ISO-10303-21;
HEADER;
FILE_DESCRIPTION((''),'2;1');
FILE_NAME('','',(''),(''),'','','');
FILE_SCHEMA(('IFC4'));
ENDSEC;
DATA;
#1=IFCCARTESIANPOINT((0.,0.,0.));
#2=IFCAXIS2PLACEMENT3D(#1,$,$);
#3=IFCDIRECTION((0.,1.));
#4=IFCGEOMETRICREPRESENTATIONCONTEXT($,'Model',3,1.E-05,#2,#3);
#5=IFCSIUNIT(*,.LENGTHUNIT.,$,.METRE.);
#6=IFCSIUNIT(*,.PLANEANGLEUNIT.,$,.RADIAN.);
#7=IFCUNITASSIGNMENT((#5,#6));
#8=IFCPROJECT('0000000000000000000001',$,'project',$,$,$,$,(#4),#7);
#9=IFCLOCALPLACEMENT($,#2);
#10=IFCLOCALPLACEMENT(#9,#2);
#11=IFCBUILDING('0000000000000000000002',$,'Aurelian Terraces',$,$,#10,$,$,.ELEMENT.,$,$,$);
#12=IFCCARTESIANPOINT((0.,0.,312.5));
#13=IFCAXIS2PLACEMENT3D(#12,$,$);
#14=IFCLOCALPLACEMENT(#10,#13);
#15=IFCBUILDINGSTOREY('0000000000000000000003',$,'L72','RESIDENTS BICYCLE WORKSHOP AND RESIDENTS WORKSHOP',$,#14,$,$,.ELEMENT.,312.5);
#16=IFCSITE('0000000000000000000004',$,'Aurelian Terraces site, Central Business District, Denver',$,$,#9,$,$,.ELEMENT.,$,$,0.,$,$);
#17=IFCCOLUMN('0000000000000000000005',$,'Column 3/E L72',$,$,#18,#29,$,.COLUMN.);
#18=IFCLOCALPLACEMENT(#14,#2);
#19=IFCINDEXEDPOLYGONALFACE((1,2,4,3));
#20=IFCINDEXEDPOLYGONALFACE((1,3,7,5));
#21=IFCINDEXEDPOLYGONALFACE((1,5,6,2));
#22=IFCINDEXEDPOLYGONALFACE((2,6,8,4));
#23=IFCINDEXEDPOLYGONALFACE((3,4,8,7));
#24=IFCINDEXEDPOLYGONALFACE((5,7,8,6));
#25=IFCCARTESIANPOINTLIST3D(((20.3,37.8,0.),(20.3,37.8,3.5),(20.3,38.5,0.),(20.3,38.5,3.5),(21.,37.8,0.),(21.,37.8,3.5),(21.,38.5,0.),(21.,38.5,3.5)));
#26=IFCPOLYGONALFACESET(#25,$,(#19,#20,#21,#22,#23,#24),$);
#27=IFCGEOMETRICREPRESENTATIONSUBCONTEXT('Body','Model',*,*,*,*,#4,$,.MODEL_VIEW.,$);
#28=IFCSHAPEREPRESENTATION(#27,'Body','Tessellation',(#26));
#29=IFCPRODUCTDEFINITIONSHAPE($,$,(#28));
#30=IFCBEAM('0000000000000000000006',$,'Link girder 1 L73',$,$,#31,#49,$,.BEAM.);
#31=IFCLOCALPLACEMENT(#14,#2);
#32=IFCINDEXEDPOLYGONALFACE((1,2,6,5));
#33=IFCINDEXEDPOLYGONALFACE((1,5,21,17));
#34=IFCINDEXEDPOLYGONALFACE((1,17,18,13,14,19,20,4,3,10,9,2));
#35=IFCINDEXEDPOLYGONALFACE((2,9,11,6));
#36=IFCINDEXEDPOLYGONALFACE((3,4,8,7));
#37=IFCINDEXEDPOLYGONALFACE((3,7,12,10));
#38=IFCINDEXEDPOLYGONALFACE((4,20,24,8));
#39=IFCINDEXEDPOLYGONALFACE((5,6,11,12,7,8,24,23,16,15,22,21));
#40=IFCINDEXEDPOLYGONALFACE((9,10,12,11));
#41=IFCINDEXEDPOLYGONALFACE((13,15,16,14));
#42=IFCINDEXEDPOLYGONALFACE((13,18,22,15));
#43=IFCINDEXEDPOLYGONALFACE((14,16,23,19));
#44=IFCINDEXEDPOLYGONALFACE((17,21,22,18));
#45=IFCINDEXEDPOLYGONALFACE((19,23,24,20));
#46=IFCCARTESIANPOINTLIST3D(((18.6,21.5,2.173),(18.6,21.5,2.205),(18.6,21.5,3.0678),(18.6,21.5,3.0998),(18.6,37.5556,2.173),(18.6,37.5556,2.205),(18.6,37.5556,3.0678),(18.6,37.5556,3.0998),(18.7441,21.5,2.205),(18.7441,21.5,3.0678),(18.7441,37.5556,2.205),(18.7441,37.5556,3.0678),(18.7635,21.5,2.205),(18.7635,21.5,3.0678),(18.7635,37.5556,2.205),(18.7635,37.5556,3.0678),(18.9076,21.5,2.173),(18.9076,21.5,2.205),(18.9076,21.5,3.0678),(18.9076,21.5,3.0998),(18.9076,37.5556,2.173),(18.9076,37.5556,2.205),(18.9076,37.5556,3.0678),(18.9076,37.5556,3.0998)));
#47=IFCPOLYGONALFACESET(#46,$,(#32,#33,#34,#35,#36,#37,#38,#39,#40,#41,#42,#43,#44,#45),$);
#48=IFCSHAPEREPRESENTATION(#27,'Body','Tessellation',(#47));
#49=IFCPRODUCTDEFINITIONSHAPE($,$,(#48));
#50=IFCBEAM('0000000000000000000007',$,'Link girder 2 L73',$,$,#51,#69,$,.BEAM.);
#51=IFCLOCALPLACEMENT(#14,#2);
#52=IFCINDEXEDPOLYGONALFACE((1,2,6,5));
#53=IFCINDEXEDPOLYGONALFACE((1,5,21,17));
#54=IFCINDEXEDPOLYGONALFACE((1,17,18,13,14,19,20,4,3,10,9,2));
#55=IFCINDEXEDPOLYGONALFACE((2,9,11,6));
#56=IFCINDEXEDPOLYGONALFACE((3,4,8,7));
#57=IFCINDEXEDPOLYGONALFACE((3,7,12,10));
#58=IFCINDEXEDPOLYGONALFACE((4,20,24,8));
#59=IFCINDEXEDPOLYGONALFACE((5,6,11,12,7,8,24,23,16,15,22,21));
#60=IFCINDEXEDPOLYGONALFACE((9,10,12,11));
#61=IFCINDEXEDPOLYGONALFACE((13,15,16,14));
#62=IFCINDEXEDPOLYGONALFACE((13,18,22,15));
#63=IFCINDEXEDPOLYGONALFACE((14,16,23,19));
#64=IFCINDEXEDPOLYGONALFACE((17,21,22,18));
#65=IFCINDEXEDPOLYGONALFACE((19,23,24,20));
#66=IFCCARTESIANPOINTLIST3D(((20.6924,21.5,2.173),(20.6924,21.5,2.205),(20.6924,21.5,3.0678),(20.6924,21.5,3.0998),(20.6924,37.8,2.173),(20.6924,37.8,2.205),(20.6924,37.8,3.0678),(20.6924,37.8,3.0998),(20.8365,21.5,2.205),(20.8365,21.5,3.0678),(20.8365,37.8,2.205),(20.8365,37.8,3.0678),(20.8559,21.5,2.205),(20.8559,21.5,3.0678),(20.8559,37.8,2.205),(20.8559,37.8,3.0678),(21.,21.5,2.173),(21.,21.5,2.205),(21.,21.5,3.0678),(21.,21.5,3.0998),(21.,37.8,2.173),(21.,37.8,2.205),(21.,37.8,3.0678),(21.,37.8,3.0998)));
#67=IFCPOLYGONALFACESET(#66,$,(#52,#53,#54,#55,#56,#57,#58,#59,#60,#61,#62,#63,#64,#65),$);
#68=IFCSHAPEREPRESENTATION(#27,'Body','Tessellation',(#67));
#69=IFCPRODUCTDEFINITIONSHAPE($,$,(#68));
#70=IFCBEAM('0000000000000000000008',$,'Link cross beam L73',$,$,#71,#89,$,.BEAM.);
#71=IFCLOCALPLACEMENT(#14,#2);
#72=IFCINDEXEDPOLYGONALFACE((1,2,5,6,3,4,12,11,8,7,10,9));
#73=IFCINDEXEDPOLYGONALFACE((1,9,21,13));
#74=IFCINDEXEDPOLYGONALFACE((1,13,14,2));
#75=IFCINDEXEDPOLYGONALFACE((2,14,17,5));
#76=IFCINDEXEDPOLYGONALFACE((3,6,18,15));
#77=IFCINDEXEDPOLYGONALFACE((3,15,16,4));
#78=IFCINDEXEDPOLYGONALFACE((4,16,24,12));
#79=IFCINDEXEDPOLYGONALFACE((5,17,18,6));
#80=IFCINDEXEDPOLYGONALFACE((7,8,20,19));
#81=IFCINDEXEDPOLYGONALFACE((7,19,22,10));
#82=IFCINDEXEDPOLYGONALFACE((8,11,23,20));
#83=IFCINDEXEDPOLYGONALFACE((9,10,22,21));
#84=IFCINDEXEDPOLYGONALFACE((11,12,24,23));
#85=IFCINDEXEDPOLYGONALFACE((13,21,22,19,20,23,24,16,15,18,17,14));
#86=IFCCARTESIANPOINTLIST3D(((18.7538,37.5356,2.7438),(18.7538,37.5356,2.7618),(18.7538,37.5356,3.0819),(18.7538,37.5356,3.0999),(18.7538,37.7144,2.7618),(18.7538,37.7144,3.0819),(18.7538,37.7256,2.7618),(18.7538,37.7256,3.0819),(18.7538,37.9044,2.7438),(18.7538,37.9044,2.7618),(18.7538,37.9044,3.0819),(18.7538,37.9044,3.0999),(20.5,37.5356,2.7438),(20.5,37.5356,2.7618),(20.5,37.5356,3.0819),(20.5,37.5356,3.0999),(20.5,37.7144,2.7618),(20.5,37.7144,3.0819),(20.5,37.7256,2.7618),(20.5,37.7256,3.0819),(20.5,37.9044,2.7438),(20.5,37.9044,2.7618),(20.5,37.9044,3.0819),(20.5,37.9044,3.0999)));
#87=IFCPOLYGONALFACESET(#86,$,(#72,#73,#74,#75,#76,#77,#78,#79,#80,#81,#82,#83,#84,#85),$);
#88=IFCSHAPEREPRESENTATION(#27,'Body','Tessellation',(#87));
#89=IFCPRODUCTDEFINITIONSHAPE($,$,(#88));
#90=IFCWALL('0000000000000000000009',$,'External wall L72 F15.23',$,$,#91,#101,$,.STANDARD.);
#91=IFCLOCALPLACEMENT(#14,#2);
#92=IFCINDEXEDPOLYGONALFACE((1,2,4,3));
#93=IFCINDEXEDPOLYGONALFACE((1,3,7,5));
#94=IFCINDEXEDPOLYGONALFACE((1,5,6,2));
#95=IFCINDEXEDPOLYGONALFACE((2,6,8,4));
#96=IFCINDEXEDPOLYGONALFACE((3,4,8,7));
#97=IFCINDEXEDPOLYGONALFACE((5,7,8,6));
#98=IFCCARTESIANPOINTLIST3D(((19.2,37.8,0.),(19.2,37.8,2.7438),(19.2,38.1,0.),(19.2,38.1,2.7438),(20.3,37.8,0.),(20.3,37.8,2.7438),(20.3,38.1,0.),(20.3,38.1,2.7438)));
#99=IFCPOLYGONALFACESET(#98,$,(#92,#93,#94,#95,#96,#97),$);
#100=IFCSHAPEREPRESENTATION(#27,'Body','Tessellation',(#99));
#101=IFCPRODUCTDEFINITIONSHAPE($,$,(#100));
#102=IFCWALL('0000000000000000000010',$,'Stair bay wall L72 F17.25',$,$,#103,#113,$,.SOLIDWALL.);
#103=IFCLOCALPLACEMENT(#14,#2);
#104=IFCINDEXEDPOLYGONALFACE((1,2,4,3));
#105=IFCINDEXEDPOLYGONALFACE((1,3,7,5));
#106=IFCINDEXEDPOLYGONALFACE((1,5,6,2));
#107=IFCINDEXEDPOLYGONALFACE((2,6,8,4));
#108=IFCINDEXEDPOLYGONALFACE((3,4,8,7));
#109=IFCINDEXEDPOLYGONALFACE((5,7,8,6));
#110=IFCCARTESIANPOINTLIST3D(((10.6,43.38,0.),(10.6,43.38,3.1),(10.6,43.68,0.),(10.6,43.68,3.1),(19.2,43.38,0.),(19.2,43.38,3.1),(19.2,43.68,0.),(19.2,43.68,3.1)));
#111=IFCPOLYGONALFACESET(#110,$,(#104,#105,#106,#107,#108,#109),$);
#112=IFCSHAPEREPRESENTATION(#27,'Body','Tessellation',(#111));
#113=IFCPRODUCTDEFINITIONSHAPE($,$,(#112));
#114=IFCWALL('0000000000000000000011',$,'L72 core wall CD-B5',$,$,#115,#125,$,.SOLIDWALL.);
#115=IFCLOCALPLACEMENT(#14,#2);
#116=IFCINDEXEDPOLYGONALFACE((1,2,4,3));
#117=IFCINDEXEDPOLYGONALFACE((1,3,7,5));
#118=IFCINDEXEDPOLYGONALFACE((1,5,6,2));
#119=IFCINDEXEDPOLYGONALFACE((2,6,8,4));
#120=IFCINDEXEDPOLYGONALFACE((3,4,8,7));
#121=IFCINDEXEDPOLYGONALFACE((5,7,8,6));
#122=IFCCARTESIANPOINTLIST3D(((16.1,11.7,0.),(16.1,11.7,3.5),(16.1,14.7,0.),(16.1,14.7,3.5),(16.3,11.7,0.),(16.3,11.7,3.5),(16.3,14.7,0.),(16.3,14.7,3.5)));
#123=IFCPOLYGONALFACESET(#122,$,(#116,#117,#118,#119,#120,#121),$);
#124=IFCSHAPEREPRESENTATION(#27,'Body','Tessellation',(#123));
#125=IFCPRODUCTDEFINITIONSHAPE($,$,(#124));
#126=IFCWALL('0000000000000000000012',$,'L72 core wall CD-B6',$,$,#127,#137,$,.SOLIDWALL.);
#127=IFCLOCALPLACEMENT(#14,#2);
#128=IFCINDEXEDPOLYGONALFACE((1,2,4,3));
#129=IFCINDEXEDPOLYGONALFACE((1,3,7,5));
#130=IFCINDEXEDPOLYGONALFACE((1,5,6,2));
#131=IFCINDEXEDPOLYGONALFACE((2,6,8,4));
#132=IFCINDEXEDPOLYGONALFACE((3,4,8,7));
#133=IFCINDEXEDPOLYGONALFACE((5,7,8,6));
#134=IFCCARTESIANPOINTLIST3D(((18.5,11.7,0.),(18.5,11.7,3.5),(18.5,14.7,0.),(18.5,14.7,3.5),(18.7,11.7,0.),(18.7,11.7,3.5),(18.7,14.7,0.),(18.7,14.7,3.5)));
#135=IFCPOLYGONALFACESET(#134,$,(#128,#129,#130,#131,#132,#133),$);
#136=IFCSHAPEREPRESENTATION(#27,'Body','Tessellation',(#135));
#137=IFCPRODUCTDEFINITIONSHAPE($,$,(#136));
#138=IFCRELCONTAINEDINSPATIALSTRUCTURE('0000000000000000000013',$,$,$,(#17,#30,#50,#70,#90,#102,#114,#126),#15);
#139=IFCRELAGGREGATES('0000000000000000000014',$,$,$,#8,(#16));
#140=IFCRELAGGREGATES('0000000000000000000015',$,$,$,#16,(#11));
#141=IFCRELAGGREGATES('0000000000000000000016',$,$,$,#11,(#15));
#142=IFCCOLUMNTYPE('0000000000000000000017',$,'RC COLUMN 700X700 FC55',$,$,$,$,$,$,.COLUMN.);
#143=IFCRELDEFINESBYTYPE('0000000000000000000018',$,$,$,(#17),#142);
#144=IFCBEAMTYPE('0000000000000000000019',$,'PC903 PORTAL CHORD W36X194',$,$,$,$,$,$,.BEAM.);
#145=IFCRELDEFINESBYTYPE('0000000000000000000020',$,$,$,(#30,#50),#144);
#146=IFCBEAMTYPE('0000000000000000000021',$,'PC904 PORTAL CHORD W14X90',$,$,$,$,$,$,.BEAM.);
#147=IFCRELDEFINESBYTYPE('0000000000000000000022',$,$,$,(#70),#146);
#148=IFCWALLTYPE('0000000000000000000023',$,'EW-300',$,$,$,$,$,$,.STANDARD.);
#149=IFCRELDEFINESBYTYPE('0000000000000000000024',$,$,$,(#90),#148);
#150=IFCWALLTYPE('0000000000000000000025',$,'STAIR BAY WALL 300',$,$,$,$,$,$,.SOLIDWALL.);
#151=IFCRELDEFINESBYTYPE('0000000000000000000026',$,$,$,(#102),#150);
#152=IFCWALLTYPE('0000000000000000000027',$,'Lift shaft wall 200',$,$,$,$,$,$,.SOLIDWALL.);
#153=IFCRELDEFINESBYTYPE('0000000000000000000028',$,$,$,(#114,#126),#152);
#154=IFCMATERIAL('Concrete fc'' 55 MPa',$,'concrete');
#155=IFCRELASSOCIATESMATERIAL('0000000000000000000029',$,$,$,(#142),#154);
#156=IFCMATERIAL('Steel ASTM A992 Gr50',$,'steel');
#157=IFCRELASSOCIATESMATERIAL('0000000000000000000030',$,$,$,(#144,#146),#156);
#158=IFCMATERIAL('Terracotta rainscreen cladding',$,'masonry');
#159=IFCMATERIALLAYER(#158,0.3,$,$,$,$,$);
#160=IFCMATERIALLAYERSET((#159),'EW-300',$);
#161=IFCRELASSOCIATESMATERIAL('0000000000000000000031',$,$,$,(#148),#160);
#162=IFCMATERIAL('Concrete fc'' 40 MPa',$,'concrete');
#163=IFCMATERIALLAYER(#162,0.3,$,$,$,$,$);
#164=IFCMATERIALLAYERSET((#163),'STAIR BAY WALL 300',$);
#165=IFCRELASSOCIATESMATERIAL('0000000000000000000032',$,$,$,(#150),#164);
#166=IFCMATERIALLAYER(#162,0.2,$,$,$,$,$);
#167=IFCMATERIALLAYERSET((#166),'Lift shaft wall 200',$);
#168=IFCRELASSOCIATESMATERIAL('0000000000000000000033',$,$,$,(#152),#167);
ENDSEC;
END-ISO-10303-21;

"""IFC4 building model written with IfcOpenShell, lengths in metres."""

from ifc_helpers import new_model, si_unit, direction, frame, frame_2d, origin, origin_2d, place, context, subcontext, project, spatial, rectangle, i_section, extrude, source, transform, mapped, material, layer, layer_set, material_profile, profile_set, type_object, element, save


model = new_model("IFC4")

# Units and contexts
model_context = context("Model", 3, precision=1e-05, world=origin(), true_north=direction((0.0, 1.0)))
body_context = subcontext(model_context, "Body", "Model", "MODEL_VIEW")
ifc_project = project(units=[si_unit("LENGTHUNIT", "METRE"), si_unit("PLANEANGLEUNIT", "RADIAN")], contexts=[model_context])

# Site, building, storey
site_placement = place(None, origin())
site = spatial("IfcSite", under=ifc_project, at=site_placement, Name="Aurelian Terraces site, Central Business District, Denver", CompositionType="ELEMENT", RefElevation=0.0)
building_placement = place(site_placement, origin())
building = spatial("IfcBuilding", under=site, at=building_placement, Name="Aurelian Terraces", CompositionType="ELEMENT")
storey_placement = place(building_placement, frame((0.0, 0.0, 312.5)))
storey = spatial("IfcBuildingStorey", under=building, at=storey_placement, Name="L72", Description="RESIDENTS BICYCLE WORKSHOP AND RESIDENTS WORKSHOP", CompositionType="ELEMENT", Elevation=312.5)

# Column
ifc_material_1 = material(Name="Concrete fc' 55 MPa", Category="concrete")
ifc_material_profile_1 = material_profile(ifc_material_1, rectangle(XDim=0.7, YDim=0.7, at=origin_2d()))
ifc_profile_set_1 = profile_set([ifc_material_profile_1], Name="Concrete fc' 55 MPa")
column_type = type_object("IfcColumnType", Name="RC COLUMN 700X700 FC55", PredefinedType="COLUMN", material=ifc_profile_set_1)
shared_shape_1 = source(origin(), body_context, "Body", "SweptSolid", [
    extrude(rectangle(XDim=0.7, YDim=0.7, at=origin_2d()), origin(), (0.0, 0.0, 1.0), 3.5),
])
column_placement = place(storey_placement, frame((20.65, 38.15, 0.0), z_axis=(0.0, 0.0, 1.0), x_axis=(1.0, 0.0, 0.0)))
element("IfcColumn", 1, at=column_placement, inside=storey, type_object=column_type, Name="Column 3/E L72", PredefinedType="COLUMN", context=body_context, shape_type="MappedRepresentation", body=[
    mapped(shared_shape_1, transform((0.0, 0.0, 0.0), scale=1.0)),
])

# Beams
ifc_material_2 = material(Name="Steel ASTM A992 Gr50", Category="steel")
ifc_material_profile_2 = material_profile(ifc_material_2, i_section(OverallWidth=0.3077, OverallDepth=0.9268, WebThickness=0.0194, FlangeThickness=0.032, at=origin_2d()))
ifc_profile_set_2 = profile_set([ifc_material_profile_2], Name="Steel ASTM A992 Gr50")
beam_type_1 = type_object("IfcBeamType", Name="PC903 PORTAL CHORD W36X194", PredefinedType="BEAM", material=ifc_profile_set_2)
beam_1_placement = place(storey_placement, frame((18.7538, 21.5, 2.6364), z_axis=(0.0, 1.0, 0.0), x_axis=(-1.0, 0.0, 0.0)))
element("IfcBeam", 2, at=beam_1_placement, inside=storey, type_object=beam_type_1, Name="Link girder 1 L73", PredefinedType="BEAM", context=body_context, shape_type="SweptSolid", body=[
    extrude(i_section(OverallWidth=0.3077, OverallDepth=0.9268, WebThickness=0.0194, FlangeThickness=0.032, at=origin_2d()), origin(), (0.0, 0.0, 1.0), 16.0556),
])
beam_2_placement = place(storey_placement, frame((20.8462, 21.5, 2.6364), z_axis=(0.0, 1.0, 0.0), x_axis=(-1.0, 0.0, 0.0)))
element("IfcBeam", 3, at=beam_2_placement, inside=storey, type_object=beam_type_1, Name="Link girder 2 L73", PredefinedType="BEAM", context=body_context, shape_type="SweptSolid", body=[
    extrude(i_section(OverallWidth=0.3077, OverallDepth=0.9268, WebThickness=0.0194, FlangeThickness=0.032, at=origin_2d()), origin(), (0.0, 0.0, 1.0), 16.3),
])
ifc_material_profile_3 = material_profile(ifc_material_2, i_section(OverallWidth=0.3688, OverallDepth=0.3561, WebThickness=0.0112, FlangeThickness=0.018, at=origin_2d()))
ifc_profile_set_3 = profile_set([ifc_material_profile_3], Name="Steel ASTM A992 Gr50")
beam_type_2 = type_object("IfcBeamType", Name="PC904 PORTAL CHORD W14X90", PredefinedType="BEAM", material=ifc_profile_set_3)
beam_3_placement = place(storey_placement, frame((18.7538, 37.72, 2.9218), z_axis=(1.0, 0.0, 0.0), x_axis=(0.0, 1.0, 0.0)))
element("IfcBeam", 4, at=beam_3_placement, inside=storey, type_object=beam_type_2, Name="Link cross beam L73", PredefinedType="BEAM", context=body_context, shape_type="SweptSolid", body=[
    extrude(i_section(OverallWidth=0.3688, OverallDepth=0.3561, WebThickness=0.0112, FlangeThickness=0.018, at=origin_2d()), origin(), (0.0, 0.0, 1.0), 1.7462),
])

# Walls
ifc_material_3 = material(Name="Terracotta rainscreen cladding", Category="masonry")
ifc_layer_1 = layer(ifc_material_3, 0.3)
ifc_layer_set_1 = layer_set([ifc_layer_1], Name="EW-300")
wall_type_1 = type_object("IfcWallType", Name="EW-300", PredefinedType="STANDARD", material=ifc_layer_set_1)
wall_1_placement = place(storey_placement, frame((19.2, 37.95, 0.0), z_axis=(0.0, 0.0, 1.0), x_axis=(1.0, 0.0, 0.0)))
element("IfcWall", 5, at=wall_1_placement, inside=storey, type_object=wall_type_1, Name="External wall L72 F15.23", PredefinedType="STANDARD", context=body_context, shape_type="SweptSolid", body=[
    extrude(rectangle(XDim=1.1, YDim=0.3, at=frame_2d((0.55, 0.0))), origin(), (0.0, 0.0, 1.0), 2.7438),
])
ifc_material_4 = material(Name="Concrete fc' 40 MPa", Category="concrete")
ifc_layer_2 = layer(ifc_material_4, 0.3)
ifc_layer_set_2 = layer_set([ifc_layer_2], Name="STAIR BAY WALL 300")
wall_type_2 = type_object("IfcWallType", Name="STAIR BAY WALL 300", PredefinedType="SOLIDWALL", material=ifc_layer_set_2)
shared_shape_2 = source(origin(), body_context, "Body", "SweptSolid", [
    extrude(rectangle(XDim=8.6, YDim=0.3, at=frame_2d((4.3, 0.0))), origin(), (0.0, 0.0, 1.0), 3.1),
])
wall_2_placement = place(storey_placement, frame((19.2, 43.53, 0.0), z_axis=(0.0, 0.0, 1.0), x_axis=(-1.0, 0.0, 0.0)))
element("IfcWall", 6, at=wall_2_placement, inside=storey, type_object=wall_type_2, Name="Stair bay wall L72 F17.25", PredefinedType="SOLIDWALL", context=body_context, shape_type="MappedRepresentation", body=[
    mapped(shared_shape_2, transform((0.0, 0.0, 0.0), scale=1.0)),
])
ifc_layer_3 = layer(ifc_material_4, 0.2)
ifc_layer_set_3 = layer_set([ifc_layer_3], Name="Lift shaft wall 200")
wall_type_3 = type_object("IfcWallType", Name="Lift shaft wall 200", PredefinedType="SOLIDWALL", material=ifc_layer_set_3)
shared_shape_3 = source(origin(), body_context, "Body", "SweptSolid", [
    extrude(rectangle(XDim=3.0, YDim=0.2, at=frame_2d((1.5, 0.0))), origin(), (0.0, 0.0, 1.0), 3.5),
])
for number, where, z_axis, x_axis, name in (
    (7, (16.2, 11.7, 0.0), (0.0, 0.0, 1.0), (0.0, 1.0, 0.0), "L72 core wall CD-B5"),
    (8, (18.6, 11.7, 0.0), (0.0, 0.0, 1.0), (0.0, 1.0, 0.0), "L72 core wall CD-B6"),
):
    element("IfcWall", number, at=place(storey_placement, frame(where, z_axis=z_axis, x_axis=x_axis)), inside=storey, type_object=wall_type_3, Name=name, PredefinedType="SOLIDWALL", context=body_context, shape_type="MappedRepresentation", body=[
        mapped(shared_shape_3, transform((0.0, 0.0, 0.0), scale=1.0)),
    ])

save(model, "model.ifc")
